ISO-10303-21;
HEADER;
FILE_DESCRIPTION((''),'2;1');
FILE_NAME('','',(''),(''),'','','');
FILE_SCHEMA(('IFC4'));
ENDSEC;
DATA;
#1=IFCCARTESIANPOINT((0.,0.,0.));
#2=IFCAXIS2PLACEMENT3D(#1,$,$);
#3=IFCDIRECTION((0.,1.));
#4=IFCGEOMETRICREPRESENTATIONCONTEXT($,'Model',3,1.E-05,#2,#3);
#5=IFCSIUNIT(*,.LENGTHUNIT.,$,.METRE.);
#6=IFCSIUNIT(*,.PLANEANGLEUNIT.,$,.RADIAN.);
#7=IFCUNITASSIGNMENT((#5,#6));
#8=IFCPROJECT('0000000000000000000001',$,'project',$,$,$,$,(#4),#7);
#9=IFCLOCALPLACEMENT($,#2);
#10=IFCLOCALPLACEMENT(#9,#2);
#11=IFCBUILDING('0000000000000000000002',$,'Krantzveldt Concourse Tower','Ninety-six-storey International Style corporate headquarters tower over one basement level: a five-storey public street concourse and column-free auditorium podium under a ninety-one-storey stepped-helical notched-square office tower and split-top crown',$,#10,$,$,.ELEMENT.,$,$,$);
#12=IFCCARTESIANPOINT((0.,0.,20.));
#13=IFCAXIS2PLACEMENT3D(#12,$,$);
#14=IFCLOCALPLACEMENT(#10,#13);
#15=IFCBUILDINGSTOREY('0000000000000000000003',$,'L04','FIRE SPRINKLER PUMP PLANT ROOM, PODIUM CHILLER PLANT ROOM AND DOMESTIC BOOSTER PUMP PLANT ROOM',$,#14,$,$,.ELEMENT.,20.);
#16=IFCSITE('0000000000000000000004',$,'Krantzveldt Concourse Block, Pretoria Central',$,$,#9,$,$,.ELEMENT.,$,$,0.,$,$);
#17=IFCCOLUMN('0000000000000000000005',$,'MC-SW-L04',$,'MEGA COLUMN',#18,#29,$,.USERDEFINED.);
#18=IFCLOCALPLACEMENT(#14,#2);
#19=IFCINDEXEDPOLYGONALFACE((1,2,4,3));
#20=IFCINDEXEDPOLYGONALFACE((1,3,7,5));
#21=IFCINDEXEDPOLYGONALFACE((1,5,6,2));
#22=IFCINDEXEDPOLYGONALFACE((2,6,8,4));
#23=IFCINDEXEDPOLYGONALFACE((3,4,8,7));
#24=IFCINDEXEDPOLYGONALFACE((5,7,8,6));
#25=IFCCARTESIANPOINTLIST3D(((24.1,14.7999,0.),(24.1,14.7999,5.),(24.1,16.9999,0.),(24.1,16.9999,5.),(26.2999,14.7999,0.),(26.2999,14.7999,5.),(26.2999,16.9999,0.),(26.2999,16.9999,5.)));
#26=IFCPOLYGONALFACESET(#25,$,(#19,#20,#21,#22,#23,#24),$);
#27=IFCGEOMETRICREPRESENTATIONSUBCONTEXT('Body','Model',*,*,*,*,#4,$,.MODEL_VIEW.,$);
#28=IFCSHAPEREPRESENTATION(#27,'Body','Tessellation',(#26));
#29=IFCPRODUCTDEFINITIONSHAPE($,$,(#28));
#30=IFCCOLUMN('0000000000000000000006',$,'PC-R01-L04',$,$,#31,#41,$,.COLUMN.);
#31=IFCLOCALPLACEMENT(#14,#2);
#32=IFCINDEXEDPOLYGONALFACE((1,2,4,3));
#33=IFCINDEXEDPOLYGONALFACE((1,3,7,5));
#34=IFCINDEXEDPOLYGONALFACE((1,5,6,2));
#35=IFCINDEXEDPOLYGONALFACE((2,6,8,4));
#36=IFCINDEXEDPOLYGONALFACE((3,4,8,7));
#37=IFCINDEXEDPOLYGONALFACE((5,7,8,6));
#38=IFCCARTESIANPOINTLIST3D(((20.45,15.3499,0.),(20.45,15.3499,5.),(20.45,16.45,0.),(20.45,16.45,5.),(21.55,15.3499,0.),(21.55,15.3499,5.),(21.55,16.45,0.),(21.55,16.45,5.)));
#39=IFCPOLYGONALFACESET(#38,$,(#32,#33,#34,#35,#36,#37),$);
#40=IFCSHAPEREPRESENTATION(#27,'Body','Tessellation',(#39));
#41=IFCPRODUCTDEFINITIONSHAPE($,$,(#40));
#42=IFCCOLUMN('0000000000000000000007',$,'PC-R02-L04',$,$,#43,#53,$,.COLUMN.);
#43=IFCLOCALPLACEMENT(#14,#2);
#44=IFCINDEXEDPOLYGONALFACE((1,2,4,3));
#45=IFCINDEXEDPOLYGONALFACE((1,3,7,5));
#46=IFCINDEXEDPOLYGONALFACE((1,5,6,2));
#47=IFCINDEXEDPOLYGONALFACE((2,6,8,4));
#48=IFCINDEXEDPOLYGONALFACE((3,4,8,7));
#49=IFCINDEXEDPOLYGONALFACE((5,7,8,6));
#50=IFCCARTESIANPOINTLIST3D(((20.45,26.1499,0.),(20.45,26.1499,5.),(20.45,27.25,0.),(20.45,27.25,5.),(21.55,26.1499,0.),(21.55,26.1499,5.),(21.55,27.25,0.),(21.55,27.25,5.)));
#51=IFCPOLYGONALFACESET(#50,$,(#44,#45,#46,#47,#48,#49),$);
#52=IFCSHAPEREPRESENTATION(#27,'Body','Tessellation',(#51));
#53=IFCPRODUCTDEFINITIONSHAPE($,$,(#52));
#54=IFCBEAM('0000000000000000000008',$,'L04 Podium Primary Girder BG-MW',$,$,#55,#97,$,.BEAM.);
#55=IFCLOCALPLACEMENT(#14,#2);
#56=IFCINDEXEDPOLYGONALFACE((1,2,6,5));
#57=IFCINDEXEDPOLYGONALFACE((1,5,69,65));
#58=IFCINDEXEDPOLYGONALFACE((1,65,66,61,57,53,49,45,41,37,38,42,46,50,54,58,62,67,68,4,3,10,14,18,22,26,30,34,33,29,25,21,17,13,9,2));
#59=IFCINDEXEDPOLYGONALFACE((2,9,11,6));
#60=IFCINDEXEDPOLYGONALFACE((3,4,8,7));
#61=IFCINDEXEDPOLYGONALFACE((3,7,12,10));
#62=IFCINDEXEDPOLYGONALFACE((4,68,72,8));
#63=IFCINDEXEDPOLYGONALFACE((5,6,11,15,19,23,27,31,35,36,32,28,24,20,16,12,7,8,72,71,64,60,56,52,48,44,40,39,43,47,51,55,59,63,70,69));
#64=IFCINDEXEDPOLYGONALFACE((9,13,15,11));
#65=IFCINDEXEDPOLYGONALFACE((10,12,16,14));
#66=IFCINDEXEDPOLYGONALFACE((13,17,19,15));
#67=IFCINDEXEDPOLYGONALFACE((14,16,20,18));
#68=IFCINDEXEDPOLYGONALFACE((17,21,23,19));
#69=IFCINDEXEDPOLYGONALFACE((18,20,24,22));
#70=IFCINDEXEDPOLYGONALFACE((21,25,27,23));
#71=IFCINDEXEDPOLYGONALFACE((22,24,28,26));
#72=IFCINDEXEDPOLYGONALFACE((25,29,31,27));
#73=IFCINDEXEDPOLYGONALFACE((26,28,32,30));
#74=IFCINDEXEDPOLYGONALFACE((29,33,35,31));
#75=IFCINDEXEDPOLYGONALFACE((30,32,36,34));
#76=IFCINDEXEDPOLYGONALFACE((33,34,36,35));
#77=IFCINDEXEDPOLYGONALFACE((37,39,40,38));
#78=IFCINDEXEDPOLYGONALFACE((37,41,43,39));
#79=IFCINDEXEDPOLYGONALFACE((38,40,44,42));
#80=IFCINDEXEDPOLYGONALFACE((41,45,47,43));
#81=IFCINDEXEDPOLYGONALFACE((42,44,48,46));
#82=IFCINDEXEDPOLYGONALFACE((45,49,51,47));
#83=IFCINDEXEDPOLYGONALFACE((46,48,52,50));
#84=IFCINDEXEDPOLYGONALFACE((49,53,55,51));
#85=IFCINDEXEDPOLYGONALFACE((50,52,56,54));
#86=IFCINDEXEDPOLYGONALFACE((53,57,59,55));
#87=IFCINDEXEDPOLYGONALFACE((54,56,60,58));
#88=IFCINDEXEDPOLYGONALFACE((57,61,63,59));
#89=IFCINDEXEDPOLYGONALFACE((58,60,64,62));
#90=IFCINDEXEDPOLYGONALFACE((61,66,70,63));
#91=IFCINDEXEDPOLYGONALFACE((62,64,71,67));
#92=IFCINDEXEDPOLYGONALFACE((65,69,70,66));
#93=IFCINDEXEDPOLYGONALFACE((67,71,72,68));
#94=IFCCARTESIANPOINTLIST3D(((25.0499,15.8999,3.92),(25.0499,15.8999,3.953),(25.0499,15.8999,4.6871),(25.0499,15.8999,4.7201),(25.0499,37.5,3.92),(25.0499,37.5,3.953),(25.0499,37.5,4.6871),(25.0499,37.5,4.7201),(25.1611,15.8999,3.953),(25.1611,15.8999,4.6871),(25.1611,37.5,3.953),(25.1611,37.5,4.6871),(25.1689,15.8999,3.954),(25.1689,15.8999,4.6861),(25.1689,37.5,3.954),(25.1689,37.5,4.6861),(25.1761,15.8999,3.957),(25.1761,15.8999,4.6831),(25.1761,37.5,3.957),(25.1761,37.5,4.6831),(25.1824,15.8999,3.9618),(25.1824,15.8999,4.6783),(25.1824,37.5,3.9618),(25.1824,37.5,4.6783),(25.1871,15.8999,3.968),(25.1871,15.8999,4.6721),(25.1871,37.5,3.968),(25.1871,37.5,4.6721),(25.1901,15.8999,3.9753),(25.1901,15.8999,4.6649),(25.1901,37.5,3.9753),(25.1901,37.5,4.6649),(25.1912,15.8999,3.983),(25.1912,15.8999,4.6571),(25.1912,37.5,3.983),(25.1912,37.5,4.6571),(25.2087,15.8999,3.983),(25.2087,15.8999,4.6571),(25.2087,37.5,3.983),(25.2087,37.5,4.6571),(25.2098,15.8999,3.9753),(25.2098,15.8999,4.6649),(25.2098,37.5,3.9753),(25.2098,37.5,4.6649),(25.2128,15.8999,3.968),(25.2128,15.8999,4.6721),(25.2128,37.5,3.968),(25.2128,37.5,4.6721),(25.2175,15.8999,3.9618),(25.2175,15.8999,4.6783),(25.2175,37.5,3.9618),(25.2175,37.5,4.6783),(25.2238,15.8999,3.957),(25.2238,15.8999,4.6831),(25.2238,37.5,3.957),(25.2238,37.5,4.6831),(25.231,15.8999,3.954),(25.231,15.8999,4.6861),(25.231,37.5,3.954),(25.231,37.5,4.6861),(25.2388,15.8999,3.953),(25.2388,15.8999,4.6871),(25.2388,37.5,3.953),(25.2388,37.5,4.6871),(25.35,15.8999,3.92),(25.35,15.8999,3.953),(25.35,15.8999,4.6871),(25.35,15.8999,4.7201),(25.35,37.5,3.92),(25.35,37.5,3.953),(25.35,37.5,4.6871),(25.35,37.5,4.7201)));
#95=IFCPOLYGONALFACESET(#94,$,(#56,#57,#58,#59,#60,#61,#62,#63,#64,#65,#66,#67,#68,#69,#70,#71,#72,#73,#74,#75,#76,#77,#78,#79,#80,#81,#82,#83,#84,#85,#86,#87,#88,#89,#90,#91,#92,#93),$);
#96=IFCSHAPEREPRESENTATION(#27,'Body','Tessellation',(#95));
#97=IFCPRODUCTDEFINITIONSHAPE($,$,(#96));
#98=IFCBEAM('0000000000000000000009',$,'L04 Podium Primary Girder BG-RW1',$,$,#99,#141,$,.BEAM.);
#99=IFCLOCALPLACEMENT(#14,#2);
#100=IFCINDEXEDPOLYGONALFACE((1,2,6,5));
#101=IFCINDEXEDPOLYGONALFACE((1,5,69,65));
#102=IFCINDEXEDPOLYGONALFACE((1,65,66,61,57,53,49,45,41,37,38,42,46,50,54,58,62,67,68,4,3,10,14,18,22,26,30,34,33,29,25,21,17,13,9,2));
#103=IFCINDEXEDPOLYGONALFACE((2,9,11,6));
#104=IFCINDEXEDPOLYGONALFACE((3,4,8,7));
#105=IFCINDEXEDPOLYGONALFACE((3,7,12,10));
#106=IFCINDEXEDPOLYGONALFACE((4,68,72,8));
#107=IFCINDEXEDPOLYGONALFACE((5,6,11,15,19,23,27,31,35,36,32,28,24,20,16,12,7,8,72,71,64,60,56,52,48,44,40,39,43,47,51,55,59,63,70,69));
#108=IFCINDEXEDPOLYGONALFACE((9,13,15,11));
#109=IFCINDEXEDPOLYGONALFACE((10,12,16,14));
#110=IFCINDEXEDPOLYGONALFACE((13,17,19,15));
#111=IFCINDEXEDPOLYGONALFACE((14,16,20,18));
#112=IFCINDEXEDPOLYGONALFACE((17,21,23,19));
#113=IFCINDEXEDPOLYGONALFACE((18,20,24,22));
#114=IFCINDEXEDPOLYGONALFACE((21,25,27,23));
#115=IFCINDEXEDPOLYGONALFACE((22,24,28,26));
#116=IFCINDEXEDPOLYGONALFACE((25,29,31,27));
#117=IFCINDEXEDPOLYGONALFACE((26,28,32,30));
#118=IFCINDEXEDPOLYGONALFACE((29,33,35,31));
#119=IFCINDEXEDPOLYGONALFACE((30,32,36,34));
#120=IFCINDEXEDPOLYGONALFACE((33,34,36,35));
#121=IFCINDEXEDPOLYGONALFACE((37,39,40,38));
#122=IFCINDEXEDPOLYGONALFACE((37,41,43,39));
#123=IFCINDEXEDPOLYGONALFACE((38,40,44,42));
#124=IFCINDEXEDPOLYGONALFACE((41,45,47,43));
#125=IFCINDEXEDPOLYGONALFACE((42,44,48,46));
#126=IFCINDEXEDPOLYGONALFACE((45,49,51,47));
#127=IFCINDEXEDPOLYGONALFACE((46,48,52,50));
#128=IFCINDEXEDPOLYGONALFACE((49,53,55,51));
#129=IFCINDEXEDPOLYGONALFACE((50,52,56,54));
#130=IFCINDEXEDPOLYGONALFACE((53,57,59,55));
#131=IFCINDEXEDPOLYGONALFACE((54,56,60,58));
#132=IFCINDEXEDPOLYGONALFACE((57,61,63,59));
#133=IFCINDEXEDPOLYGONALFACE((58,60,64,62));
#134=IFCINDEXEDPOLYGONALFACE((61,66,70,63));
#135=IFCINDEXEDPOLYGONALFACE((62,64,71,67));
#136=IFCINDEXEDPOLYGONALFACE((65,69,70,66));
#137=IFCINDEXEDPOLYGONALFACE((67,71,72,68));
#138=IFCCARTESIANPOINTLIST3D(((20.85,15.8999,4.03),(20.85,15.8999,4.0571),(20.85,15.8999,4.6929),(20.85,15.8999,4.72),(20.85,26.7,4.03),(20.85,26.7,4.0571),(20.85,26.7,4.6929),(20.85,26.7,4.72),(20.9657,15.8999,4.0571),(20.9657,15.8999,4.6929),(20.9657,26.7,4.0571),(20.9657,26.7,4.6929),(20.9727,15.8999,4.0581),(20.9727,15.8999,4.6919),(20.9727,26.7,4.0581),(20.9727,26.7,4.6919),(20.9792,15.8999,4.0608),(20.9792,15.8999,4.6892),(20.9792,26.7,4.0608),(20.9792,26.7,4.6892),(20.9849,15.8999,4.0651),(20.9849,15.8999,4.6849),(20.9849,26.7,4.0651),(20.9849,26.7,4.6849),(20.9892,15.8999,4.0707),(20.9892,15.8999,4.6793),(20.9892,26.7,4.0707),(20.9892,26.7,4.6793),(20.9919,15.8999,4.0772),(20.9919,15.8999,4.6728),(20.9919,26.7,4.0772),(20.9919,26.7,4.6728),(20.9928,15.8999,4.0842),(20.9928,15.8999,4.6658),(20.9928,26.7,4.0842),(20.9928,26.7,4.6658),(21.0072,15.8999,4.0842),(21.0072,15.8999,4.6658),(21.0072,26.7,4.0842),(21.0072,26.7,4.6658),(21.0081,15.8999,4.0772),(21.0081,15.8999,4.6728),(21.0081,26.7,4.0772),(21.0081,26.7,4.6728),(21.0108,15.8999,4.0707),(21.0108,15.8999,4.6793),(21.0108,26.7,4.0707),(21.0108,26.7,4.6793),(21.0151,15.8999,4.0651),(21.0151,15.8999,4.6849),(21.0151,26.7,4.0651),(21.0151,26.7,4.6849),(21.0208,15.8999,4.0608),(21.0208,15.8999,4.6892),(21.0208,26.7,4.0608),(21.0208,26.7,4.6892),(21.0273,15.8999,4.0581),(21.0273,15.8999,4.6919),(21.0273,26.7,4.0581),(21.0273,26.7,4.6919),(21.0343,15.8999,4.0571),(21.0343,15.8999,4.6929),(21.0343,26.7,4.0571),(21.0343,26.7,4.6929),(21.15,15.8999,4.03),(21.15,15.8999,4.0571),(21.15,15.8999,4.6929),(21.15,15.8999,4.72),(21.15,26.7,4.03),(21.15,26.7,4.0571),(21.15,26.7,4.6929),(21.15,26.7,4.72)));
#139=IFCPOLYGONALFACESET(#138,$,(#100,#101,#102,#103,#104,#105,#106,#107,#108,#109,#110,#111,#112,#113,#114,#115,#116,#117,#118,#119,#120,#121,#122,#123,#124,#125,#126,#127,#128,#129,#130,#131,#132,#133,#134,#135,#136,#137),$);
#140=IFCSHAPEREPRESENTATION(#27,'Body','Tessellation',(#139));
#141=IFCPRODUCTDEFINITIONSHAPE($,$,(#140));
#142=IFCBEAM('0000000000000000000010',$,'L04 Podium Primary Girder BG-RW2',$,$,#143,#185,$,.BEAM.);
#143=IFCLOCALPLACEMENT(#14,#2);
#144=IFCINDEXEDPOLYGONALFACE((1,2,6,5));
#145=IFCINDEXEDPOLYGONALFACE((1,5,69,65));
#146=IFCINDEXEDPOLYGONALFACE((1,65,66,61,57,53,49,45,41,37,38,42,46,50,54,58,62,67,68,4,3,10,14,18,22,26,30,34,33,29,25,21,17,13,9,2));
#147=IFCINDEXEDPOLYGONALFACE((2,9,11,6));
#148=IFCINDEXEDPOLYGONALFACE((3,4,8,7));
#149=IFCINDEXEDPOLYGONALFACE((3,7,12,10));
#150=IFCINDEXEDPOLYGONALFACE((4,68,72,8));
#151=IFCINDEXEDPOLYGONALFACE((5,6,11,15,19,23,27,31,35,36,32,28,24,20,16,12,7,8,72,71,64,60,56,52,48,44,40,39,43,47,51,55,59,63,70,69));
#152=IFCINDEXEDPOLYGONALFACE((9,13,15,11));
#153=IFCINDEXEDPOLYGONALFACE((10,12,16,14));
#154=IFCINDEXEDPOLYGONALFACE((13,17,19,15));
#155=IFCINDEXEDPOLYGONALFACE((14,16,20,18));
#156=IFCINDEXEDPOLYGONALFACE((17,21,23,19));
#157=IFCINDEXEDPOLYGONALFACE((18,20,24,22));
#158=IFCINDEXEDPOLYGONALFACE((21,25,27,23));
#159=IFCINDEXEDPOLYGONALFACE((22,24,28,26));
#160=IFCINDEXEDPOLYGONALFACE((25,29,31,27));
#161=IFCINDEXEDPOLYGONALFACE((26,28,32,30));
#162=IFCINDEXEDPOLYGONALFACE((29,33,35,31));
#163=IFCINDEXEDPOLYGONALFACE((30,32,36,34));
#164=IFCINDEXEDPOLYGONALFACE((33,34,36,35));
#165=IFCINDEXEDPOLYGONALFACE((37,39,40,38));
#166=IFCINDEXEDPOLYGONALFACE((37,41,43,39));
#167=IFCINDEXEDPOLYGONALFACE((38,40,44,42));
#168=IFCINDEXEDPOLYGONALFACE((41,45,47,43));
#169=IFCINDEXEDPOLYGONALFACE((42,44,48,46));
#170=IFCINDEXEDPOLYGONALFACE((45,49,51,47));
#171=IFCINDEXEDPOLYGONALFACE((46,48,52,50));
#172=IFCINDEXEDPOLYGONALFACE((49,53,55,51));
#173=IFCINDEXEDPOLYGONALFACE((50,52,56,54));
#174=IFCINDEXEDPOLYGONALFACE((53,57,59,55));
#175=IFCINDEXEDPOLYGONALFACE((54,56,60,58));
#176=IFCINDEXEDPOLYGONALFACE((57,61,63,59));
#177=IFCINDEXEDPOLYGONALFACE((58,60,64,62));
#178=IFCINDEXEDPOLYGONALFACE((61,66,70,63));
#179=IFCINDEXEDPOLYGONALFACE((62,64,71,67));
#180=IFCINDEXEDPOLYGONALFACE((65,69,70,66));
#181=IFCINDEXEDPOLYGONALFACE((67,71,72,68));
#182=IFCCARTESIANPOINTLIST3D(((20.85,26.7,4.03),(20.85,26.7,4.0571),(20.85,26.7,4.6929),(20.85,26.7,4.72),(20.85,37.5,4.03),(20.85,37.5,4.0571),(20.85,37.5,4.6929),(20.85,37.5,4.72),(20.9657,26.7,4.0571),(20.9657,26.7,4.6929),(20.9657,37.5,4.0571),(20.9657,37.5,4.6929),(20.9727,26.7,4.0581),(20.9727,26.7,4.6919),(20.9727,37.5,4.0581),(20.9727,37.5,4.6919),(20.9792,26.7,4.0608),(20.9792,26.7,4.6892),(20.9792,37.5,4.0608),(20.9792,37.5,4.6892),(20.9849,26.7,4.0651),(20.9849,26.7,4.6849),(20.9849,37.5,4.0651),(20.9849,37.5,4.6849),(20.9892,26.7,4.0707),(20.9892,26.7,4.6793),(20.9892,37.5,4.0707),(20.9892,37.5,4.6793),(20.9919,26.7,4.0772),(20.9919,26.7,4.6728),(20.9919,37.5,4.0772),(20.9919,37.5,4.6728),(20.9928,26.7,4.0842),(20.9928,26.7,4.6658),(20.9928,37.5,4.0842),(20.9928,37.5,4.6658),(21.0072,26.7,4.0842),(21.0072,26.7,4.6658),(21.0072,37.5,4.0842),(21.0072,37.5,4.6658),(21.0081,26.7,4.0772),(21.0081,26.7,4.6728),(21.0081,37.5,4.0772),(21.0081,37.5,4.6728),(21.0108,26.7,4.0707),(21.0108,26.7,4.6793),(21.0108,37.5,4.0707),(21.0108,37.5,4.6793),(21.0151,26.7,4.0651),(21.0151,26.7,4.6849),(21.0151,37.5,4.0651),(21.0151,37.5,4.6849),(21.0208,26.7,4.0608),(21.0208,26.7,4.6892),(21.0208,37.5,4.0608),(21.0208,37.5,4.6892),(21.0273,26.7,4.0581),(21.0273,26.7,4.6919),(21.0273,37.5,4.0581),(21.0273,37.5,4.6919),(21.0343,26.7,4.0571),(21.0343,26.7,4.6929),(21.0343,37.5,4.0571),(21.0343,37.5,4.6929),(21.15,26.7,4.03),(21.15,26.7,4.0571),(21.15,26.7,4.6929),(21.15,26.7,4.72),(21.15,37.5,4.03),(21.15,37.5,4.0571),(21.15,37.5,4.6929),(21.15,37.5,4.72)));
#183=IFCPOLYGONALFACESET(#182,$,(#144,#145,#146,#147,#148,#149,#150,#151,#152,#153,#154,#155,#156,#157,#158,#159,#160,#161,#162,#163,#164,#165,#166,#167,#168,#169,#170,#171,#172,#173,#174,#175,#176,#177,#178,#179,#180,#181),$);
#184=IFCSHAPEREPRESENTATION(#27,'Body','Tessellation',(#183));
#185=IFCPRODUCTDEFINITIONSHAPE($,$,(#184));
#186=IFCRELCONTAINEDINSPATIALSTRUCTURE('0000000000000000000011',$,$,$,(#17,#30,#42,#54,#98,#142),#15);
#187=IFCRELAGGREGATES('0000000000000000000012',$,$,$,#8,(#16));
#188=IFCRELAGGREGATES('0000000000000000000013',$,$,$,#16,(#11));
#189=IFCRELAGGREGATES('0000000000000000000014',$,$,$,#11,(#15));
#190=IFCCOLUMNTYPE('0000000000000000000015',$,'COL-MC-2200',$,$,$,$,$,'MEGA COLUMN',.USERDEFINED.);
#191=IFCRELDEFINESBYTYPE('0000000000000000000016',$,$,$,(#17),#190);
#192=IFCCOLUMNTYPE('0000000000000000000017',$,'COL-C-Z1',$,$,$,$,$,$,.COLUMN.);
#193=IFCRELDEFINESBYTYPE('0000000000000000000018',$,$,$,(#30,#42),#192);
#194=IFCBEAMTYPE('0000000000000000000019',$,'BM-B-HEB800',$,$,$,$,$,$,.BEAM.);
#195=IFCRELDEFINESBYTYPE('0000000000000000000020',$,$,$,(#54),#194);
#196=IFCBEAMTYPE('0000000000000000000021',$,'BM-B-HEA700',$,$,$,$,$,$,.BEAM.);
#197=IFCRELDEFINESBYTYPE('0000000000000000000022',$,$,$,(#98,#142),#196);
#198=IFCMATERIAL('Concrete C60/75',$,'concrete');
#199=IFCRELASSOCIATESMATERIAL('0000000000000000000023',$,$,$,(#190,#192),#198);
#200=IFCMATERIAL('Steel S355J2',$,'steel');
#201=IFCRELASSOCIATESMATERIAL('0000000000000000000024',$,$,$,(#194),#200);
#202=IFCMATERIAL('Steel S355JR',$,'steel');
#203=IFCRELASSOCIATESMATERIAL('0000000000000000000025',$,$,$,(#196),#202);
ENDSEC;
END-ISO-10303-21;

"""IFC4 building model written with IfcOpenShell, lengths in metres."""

from ifc_helpers import new_model, si_unit, direction, frame, origin, origin_2d, place, context, subcontext, project, spatial, rectangle, i_section, extrude, source, transform, mapped, material, material_profile, profile_set, type_object, type_shapes, element, save


model = new_model("IFC4")

# Units and contexts
model_context = context("Model", 3, precision=1e-05, world=origin(), true_north=direction((0.0, 1.0)))
body_context = subcontext(model_context, "Body", "Model", "MODEL_VIEW")
ifc_project = project(units=[si_unit("LENGTHUNIT", "METRE"), si_unit("PLANEANGLEUNIT", "RADIAN")], contexts=[model_context])

# Site, building, storey
site_placement = place(None, origin())
site = spatial("IfcSite", under=ifc_project, at=site_placement, Name="Krantzveldt Concourse Block, Pretoria Central", CompositionType="ELEMENT", RefElevation=0.0)
building_placement = place(site_placement, origin())
building = spatial("IfcBuilding", under=site, at=building_placement, Name="Krantzveldt Concourse Tower", Description="Ninety-six-storey International Style corporate headquarters tower over one basement level: a five-storey public street concourse and column-free auditorium podium under a ninety-one-storey stepped-helical notched-square office tower and split-top crown", CompositionType="ELEMENT")
storey_placement = place(building_placement, frame((0.0, 0.0, 20.0)))
storey = spatial("IfcBuildingStorey", under=building, at=storey_placement, Name="L04", Description="FIRE SPRINKLER PUMP PLANT ROOM, PODIUM CHILLER PLANT ROOM AND DOMESTIC BOOSTER PUMP PLANT ROOM", CompositionType="ELEMENT", Elevation=20.0)

# Columns
ifc_material_1 = material(Name="Concrete C60/75", Category="concrete")
ifc_material_profile_1 = material_profile(ifc_material_1, rectangle(XDim=2.2, YDim=2.2, at=origin_2d()), Name="Concrete C60/75", Category="concrete")
ifc_profile_set_1 = profile_set([ifc_material_profile_1], Name="Concrete C60/75 - RC 2200x2200")
column_type_1 = type_object("IfcColumnType", Name="COL-MC-2200", ElementType="MEGA COLUMN", PredefinedType="USERDEFINED", material=ifc_profile_set_1)
shared_shape_1 = source(origin(), body_context, "Body", "SweptSolid", [
    extrude(rectangle(XDim=2.2, YDim=2.2, at=origin_2d()), origin(), (0.0, 0.0, 1.0), 5.0),
])
type_shapes(column_type_1, [shared_shape_1])
column_placement = place(storey_placement, frame((25.2, 15.8999, 0.0), z_axis=(0.0, 0.0, 1.0), x_axis=(1.0, 0.0, 0.0)))
element("IfcColumn", 1, at=column_placement, inside=storey, type_object=column_type_1, Name="MC-SW-L04", ObjectType="MEGA COLUMN", PredefinedType="USERDEFINED", context=body_context, shape_type="MappedRepresentation", body=[
    mapped(shared_shape_1, transform((0.0, 0.0, 0.0), x_axis=(1.0, 0.0, 0.0), y_axis=(0.0, 1.0, 0.0), z_axis=(0.0, 0.0, 1.0), scale=1.0)),
])
ifc_material_profile_2 = material_profile(ifc_material_1, rectangle(XDim=1.1001, YDim=1.1001, at=origin_2d()), Name="Concrete C60/75", Category="concrete")
ifc_profile_set_2 = profile_set([ifc_material_profile_2], Name="Concrete C60/75 - RC 1100x1100")
column_type_2 = type_object("IfcColumnType", Name="COL-C-Z1", PredefinedType="COLUMN", material=ifc_profile_set_2)
shared_shape_2 = source(origin(), body_context, "Body", "SweptSolid", [
    extrude(rectangle(XDim=1.1001, YDim=1.1001, at=origin_2d()), origin(), (0.0, 0.0, 1.0), 5.0),
])
type_shapes(column_type_2, [shared_shape_2])
for number, where, z_axis, x_axis, name in (
    (2, (21.0, 15.8999, 0.0), (0.0, 0.0, 1.0), (1.0, 0.0, 0.0), "PC-R01-L04"),
    (3, (21.0, 26.7, 0.0), (0.0, 0.0, 1.0), (1.0, 0.0, 0.0), "PC-R02-L04"),
):
    element("IfcColumn", number, at=place(storey_placement, frame(where, z_axis=z_axis, x_axis=x_axis)), inside=storey, type_object=column_type_2, Name=name, PredefinedType="COLUMN", context=body_context, shape_type="MappedRepresentation", body=[
        mapped(shared_shape_2, transform((0.0, 0.0, 0.0), x_axis=(1.0, 0.0, 0.0), y_axis=(0.0, 1.0, 0.0), z_axis=(0.0, 0.0, 1.0), scale=1.0)),
    ])

# Beams
ifc_material_2 = material(Name="Steel S355J2", Category="steel")
ifc_material_profile_3 = material_profile(ifc_material_2, i_section(OverallWidth=0.3, OverallDepth=0.8, WebThickness=0.0176, FlangeThickness=0.033, FilletRadius=0.03, at=origin_2d()), Name="Steel S355J2", Category="steel")
ifc_profile_set_3 = profile_set([ifc_material_profile_3], Name="Steel S355J2 - HEB 800")
beam_type_1 = type_object("IfcBeamType", Name="BM-B-HEB800", PredefinedType="BEAM", material=ifc_profile_set_3)
shared_shape_3 = source(origin(), body_context, "Body", "SweptSolid", [
    extrude(i_section(OverallWidth=0.3, OverallDepth=0.8, WebThickness=0.0176, FlangeThickness=0.033, FilletRadius=0.03, at=origin_2d()), origin(), (0.0, 0.0, 1.0), 21.6001),
])
beam_1_placement = place(storey_placement, frame((25.2, 15.8999, 4.3201), z_axis=(0.0, 1.0, 0.0), x_axis=(-1.0, 0.0, 0.0)))
element("IfcBeam", 4, at=beam_1_placement, inside=storey, type_object=beam_type_1, Name="L04 Podium Primary Girder BG-MW", PredefinedType="BEAM", context=body_context, shape_type="MappedRepresentation", body=[
    mapped(shared_shape_3, transform((0.0, 0.0, 0.0), x_axis=(1.0, 0.0, 0.0), y_axis=(0.0, 1.0, 0.0), z_axis=(0.0, 0.0, 1.0), scale=1.0)),
])
ifc_material_3 = material(Name="Steel S355JR", Category="steel")
ifc_material_profile_4 = material_profile(ifc_material_3, i_section(OverallWidth=0.3, OverallDepth=0.6899, WebThickness=0.0144, FlangeThickness=0.0271, FilletRadius=0.0271, at=origin_2d()), Name="Steel S355JR", Category="steel")
ifc_profile_set_4 = profile_set([ifc_material_profile_4], Name="Steel S355JR - HEA 700")
beam_type_2 = type_object("IfcBeamType", Name="BM-B-HEA700", PredefinedType="BEAM", material=ifc_profile_set_4)
shared_shape_4 = source(origin(), body_context, "Body", "SweptSolid", [
    extrude(i_section(OverallWidth=0.3, OverallDepth=0.6899, WebThickness=0.0144, FlangeThickness=0.0271, FilletRadius=0.0271, at=origin_2d()), origin(), (0.0, 0.0, 1.0), 10.8),
])
type_shapes(beam_type_2, [shared_shape_4])
for number, where, z_axis, x_axis, name in (
    (5, (21.0, 15.8999, 4.375), (0.0, 1.0, 0.0), (-1.0, 0.0, 0.0), "L04 Podium Primary Girder BG-RW1"),
    (6, (21.0, 26.7, 4.375), (0.0, 1.0, 0.0), (-1.0, 0.0, 0.0), "L04 Podium Primary Girder BG-RW2"),
):
    element("IfcBeam", number, at=place(storey_placement, frame(where, z_axis=z_axis, x_axis=x_axis)), inside=storey, type_object=beam_type_2, Name=name, PredefinedType="BEAM", context=body_context, shape_type="MappedRepresentation", body=[
        mapped(shared_shape_4, transform((0.0, 0.0, 0.0), x_axis=(1.0, 0.0, 0.0), y_axis=(0.0, 1.0, 0.0), z_axis=(0.0, 0.0, 1.0), scale=1.0)),
    ])

save(model, "model.ifc")
